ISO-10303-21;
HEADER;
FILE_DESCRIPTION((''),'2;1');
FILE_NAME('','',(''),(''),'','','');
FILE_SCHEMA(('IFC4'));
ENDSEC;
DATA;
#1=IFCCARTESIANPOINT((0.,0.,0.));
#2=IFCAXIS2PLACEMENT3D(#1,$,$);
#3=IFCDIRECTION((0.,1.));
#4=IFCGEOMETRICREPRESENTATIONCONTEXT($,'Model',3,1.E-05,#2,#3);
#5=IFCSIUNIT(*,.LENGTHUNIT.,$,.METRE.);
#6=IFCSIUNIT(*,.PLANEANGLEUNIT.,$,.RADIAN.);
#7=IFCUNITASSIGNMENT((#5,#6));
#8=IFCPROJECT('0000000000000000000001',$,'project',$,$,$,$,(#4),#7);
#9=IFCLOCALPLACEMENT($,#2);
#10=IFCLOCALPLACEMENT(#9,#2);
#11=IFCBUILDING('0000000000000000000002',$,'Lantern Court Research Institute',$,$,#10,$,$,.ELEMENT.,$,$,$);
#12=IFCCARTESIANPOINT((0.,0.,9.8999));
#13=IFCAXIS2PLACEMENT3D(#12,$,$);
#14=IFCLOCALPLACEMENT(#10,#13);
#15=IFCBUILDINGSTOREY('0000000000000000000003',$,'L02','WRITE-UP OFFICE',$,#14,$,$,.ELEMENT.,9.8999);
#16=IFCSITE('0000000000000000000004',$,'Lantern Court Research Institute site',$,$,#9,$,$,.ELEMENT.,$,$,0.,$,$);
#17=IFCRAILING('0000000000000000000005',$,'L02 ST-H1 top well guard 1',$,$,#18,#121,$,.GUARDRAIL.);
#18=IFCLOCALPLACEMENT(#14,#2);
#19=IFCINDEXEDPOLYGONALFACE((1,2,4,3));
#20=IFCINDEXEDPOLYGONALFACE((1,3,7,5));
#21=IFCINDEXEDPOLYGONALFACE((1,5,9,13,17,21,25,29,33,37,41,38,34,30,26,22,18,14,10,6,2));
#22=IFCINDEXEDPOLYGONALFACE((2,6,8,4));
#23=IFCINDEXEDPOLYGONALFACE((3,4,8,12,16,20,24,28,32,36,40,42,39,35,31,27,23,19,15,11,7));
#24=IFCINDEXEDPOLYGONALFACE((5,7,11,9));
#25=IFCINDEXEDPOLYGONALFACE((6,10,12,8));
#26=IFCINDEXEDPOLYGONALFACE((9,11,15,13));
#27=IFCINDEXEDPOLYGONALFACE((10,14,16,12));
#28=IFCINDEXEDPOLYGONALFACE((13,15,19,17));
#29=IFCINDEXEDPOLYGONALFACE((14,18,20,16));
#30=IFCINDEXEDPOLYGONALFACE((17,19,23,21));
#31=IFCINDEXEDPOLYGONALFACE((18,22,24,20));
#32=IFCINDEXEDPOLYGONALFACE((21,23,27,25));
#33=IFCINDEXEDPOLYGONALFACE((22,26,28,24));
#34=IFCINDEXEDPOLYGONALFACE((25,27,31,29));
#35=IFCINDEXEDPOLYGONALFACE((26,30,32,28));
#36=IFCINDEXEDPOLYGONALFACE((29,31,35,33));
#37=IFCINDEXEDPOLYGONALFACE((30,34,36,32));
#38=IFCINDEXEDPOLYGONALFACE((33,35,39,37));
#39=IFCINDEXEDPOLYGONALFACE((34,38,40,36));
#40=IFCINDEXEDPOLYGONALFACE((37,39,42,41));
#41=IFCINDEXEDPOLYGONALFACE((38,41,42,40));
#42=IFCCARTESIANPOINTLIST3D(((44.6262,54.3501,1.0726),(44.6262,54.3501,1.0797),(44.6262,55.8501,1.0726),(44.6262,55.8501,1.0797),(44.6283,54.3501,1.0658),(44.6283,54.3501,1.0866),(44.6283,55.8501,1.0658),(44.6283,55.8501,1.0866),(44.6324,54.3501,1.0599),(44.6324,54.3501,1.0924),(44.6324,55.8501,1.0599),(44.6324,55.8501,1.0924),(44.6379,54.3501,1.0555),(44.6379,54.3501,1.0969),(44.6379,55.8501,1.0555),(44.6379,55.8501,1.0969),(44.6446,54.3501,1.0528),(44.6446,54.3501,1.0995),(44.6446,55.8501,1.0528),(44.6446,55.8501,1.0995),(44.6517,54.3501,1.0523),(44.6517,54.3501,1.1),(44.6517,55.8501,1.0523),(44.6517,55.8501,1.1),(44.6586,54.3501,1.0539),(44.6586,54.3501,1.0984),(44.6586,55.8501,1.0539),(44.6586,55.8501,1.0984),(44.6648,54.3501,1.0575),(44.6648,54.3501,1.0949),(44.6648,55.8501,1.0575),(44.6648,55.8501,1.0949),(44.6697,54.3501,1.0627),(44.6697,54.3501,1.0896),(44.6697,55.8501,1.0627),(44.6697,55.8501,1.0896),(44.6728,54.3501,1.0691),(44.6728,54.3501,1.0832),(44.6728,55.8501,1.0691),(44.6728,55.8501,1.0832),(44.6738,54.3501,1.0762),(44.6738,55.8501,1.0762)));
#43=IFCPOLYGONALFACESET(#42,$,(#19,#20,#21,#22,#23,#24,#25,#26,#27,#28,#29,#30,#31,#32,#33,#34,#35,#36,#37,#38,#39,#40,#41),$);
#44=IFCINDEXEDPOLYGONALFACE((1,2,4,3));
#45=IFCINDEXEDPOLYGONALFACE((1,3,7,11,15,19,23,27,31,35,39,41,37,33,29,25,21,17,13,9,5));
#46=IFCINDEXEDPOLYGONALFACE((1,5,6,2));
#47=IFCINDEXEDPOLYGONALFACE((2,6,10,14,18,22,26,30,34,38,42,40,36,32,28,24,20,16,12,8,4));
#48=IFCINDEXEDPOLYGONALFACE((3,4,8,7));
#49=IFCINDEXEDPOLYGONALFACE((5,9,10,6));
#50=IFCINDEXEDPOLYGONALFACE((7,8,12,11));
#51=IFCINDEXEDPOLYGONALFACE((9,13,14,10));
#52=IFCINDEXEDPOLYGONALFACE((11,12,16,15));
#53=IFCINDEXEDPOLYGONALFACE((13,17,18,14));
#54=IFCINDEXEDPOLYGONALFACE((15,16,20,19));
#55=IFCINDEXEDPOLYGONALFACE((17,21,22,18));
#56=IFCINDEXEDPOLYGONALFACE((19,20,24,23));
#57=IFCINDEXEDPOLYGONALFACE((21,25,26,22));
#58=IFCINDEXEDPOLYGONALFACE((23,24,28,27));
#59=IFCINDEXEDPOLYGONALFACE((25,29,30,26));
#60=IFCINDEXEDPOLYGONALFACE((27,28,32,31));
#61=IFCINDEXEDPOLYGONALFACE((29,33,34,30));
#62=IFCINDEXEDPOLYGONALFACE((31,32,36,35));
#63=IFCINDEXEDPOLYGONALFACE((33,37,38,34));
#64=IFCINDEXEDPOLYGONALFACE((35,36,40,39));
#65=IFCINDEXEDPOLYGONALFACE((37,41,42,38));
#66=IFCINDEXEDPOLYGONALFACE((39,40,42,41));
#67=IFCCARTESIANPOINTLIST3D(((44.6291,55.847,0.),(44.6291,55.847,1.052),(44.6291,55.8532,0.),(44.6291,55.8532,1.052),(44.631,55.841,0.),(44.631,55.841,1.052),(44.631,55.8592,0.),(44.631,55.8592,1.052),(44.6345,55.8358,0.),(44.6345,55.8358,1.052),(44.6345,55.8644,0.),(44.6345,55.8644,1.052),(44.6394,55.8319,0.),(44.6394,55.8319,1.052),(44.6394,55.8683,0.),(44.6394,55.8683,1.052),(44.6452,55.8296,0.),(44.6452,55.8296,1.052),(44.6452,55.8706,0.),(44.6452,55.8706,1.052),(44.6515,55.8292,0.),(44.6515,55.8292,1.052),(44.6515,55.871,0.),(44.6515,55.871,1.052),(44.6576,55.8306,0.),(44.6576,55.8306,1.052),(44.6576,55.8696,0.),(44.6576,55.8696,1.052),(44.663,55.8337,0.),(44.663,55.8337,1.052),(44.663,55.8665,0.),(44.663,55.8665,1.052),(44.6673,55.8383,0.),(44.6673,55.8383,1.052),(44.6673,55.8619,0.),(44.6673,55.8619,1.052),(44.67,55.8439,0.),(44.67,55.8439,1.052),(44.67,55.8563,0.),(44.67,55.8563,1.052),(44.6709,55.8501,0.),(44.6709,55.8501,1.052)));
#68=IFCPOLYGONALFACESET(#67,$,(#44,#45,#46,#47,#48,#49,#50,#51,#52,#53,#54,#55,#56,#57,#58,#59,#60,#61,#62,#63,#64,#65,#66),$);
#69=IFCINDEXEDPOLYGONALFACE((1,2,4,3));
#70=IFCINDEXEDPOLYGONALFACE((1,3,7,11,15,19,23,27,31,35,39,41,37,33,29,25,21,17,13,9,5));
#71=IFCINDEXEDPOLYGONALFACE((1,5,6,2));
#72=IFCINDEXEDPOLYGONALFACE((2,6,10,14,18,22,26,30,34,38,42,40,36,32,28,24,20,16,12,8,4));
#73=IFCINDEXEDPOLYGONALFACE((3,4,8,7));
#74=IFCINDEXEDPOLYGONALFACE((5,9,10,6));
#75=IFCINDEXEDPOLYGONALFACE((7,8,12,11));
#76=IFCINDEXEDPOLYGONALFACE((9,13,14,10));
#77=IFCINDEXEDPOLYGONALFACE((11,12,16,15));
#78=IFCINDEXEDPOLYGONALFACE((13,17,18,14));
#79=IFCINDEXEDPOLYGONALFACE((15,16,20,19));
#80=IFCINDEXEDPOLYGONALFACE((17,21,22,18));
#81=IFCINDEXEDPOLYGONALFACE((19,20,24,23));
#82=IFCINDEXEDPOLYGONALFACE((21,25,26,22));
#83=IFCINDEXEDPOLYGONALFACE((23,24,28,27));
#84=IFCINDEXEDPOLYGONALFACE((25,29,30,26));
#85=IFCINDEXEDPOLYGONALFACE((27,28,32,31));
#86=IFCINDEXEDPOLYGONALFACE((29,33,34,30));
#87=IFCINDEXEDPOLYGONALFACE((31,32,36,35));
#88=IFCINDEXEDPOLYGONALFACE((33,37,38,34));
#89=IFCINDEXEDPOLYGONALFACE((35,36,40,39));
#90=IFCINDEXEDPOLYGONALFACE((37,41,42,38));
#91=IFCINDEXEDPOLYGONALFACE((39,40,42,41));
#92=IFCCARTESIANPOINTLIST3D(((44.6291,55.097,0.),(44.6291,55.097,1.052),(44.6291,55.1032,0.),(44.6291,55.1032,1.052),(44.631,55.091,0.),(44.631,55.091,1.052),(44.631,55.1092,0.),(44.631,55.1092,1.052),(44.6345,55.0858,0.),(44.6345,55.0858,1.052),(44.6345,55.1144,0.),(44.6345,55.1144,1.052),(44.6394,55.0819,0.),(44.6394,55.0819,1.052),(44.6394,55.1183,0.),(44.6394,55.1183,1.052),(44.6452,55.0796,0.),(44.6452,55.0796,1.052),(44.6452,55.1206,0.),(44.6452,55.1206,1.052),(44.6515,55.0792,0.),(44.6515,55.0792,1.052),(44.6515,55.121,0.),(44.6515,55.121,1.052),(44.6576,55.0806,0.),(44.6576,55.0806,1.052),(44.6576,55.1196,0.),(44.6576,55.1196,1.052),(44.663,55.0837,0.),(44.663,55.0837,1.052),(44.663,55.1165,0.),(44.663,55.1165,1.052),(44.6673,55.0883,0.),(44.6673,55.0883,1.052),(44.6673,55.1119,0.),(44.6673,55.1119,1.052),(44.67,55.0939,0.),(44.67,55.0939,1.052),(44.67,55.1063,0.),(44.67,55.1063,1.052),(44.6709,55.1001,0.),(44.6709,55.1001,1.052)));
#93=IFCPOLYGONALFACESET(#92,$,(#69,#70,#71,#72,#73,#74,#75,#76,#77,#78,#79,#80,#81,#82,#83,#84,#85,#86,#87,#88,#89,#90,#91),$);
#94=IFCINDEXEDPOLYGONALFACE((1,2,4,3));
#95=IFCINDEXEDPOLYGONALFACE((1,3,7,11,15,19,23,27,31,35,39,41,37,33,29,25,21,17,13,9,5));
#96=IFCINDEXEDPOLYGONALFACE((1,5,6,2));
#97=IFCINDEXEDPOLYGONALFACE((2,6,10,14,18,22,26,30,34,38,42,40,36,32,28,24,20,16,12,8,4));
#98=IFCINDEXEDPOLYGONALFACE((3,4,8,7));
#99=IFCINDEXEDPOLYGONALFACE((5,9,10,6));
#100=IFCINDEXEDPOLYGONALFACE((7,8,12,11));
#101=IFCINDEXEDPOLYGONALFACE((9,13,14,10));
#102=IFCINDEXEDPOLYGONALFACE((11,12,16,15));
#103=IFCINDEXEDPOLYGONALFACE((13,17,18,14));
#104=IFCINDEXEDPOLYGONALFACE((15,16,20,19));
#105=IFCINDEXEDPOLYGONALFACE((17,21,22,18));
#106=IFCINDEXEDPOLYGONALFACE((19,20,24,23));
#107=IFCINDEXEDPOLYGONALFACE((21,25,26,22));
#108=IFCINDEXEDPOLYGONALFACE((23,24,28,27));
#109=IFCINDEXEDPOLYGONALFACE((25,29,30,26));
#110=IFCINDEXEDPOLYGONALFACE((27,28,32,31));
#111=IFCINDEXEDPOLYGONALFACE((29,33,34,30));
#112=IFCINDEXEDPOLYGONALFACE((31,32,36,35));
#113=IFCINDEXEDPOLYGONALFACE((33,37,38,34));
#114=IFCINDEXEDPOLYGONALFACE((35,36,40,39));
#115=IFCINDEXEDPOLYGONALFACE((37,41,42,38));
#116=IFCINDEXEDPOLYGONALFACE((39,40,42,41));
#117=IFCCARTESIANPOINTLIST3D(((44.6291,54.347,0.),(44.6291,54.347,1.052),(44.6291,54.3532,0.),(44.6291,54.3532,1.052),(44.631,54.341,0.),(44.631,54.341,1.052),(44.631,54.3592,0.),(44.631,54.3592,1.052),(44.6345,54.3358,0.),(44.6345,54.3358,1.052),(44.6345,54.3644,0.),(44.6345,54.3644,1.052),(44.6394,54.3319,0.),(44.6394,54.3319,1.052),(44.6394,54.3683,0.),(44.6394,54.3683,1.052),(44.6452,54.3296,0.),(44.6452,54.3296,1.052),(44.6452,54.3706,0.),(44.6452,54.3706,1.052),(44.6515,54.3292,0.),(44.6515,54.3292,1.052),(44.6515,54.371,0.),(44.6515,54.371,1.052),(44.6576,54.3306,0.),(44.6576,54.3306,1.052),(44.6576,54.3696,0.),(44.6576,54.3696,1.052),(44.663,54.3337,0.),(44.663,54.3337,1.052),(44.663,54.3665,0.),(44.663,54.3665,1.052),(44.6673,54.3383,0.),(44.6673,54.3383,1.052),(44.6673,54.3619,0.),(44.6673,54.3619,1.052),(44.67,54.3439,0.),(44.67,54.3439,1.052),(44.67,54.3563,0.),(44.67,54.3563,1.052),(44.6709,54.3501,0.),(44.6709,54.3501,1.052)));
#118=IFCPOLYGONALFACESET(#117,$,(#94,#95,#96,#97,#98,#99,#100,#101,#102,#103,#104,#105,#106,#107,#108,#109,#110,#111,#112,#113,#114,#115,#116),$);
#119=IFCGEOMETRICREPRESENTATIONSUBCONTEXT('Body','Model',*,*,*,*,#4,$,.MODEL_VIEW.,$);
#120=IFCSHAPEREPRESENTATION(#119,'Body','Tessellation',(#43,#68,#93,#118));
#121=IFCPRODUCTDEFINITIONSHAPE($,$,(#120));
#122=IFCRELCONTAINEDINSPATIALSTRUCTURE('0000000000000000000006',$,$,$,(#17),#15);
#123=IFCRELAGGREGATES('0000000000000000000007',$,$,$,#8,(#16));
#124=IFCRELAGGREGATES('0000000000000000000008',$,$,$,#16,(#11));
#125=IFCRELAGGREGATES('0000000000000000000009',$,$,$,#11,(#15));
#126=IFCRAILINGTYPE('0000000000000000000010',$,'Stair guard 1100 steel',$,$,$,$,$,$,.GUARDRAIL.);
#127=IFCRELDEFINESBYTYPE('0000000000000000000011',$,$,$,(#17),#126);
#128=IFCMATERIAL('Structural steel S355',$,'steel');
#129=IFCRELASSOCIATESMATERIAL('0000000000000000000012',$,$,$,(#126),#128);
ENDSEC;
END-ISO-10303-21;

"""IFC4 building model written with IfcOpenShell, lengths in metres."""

from ifc_helpers import new_model, si_unit, direction, frame, origin, origin_2d, place, context, subcontext, project, spatial, circle, extrude, material, type_object, element, save


model = new_model("IFC4")

# Units and contexts
model_context = context("Model", 3, precision=1e-05, world=origin(), true_north=direction((0.0, 1.0)))
body_context = subcontext(model_context, "Body", "Model", "MODEL_VIEW")
ifc_project = project(units=[si_unit("LENGTHUNIT", "METRE"), si_unit("PLANEANGLEUNIT", "RADIAN")], contexts=[model_context])

# Site, building, storey
site_placement = place(None, origin())
site = spatial("IfcSite", under=ifc_project, at=site_placement, Name="Lantern Court Research Institute site", CompositionType="ELEMENT", RefElevation=0.0)
building_placement = place(site_placement, origin())
building = spatial("IfcBuilding", under=site, at=building_placement, Name="Lantern Court Research Institute", CompositionType="ELEMENT")
storey_placement = place(building_placement, frame((0.0, 0.0, 9.8999)))
storey = spatial("IfcBuildingStorey", under=building, at=storey_placement, Name="L02", Description="WRITE-UP OFFICE", CompositionType="ELEMENT", Elevation=9.8999)

# Railing
ifc_material_1 = material(Name="Structural steel S355", Category="steel")
railing_type_1 = type_object("IfcRailingType", Name="Stair guard 1100 steel", PredefinedType="GUARDRAIL", material=ifc_material_1)
railing_1_placement = place(storey_placement, frame((44.6499, 55.8501, 0.0)))
element("IfcRailing", 1, at=railing_1_placement, inside=storey, type_object=railing_type_1, Name="L02 ST-H1 top well guard 1", PredefinedType="GUARDRAIL", context=body_context, shape_type="SweptSolid", body=[
    extrude(circle(Radius=0.0239, at=origin_2d()), frame((0.0, 0.0, 1.0762), z_axis=(0.0, -1.0, 0.0), x_axis=(1.0, 0.0, 0.0)), (0.0, 0.0, 1.0), 1.5),
    extrude(circle(Radius=0.021, at=origin_2d()), origin(), (0.0, 0.0, 1.0), 1.052),
    extrude(circle(Radius=0.021, at=origin_2d()), frame((0.0, -0.75, 0.0)), (0.0, 0.0, 1.0), 1.052),
    extrude(circle(Radius=0.021, at=origin_2d()), frame((0.0, -1.5, 0.0)), (0.0, 0.0, 1.0), 1.052),
])

save(model, "model.ifc")
